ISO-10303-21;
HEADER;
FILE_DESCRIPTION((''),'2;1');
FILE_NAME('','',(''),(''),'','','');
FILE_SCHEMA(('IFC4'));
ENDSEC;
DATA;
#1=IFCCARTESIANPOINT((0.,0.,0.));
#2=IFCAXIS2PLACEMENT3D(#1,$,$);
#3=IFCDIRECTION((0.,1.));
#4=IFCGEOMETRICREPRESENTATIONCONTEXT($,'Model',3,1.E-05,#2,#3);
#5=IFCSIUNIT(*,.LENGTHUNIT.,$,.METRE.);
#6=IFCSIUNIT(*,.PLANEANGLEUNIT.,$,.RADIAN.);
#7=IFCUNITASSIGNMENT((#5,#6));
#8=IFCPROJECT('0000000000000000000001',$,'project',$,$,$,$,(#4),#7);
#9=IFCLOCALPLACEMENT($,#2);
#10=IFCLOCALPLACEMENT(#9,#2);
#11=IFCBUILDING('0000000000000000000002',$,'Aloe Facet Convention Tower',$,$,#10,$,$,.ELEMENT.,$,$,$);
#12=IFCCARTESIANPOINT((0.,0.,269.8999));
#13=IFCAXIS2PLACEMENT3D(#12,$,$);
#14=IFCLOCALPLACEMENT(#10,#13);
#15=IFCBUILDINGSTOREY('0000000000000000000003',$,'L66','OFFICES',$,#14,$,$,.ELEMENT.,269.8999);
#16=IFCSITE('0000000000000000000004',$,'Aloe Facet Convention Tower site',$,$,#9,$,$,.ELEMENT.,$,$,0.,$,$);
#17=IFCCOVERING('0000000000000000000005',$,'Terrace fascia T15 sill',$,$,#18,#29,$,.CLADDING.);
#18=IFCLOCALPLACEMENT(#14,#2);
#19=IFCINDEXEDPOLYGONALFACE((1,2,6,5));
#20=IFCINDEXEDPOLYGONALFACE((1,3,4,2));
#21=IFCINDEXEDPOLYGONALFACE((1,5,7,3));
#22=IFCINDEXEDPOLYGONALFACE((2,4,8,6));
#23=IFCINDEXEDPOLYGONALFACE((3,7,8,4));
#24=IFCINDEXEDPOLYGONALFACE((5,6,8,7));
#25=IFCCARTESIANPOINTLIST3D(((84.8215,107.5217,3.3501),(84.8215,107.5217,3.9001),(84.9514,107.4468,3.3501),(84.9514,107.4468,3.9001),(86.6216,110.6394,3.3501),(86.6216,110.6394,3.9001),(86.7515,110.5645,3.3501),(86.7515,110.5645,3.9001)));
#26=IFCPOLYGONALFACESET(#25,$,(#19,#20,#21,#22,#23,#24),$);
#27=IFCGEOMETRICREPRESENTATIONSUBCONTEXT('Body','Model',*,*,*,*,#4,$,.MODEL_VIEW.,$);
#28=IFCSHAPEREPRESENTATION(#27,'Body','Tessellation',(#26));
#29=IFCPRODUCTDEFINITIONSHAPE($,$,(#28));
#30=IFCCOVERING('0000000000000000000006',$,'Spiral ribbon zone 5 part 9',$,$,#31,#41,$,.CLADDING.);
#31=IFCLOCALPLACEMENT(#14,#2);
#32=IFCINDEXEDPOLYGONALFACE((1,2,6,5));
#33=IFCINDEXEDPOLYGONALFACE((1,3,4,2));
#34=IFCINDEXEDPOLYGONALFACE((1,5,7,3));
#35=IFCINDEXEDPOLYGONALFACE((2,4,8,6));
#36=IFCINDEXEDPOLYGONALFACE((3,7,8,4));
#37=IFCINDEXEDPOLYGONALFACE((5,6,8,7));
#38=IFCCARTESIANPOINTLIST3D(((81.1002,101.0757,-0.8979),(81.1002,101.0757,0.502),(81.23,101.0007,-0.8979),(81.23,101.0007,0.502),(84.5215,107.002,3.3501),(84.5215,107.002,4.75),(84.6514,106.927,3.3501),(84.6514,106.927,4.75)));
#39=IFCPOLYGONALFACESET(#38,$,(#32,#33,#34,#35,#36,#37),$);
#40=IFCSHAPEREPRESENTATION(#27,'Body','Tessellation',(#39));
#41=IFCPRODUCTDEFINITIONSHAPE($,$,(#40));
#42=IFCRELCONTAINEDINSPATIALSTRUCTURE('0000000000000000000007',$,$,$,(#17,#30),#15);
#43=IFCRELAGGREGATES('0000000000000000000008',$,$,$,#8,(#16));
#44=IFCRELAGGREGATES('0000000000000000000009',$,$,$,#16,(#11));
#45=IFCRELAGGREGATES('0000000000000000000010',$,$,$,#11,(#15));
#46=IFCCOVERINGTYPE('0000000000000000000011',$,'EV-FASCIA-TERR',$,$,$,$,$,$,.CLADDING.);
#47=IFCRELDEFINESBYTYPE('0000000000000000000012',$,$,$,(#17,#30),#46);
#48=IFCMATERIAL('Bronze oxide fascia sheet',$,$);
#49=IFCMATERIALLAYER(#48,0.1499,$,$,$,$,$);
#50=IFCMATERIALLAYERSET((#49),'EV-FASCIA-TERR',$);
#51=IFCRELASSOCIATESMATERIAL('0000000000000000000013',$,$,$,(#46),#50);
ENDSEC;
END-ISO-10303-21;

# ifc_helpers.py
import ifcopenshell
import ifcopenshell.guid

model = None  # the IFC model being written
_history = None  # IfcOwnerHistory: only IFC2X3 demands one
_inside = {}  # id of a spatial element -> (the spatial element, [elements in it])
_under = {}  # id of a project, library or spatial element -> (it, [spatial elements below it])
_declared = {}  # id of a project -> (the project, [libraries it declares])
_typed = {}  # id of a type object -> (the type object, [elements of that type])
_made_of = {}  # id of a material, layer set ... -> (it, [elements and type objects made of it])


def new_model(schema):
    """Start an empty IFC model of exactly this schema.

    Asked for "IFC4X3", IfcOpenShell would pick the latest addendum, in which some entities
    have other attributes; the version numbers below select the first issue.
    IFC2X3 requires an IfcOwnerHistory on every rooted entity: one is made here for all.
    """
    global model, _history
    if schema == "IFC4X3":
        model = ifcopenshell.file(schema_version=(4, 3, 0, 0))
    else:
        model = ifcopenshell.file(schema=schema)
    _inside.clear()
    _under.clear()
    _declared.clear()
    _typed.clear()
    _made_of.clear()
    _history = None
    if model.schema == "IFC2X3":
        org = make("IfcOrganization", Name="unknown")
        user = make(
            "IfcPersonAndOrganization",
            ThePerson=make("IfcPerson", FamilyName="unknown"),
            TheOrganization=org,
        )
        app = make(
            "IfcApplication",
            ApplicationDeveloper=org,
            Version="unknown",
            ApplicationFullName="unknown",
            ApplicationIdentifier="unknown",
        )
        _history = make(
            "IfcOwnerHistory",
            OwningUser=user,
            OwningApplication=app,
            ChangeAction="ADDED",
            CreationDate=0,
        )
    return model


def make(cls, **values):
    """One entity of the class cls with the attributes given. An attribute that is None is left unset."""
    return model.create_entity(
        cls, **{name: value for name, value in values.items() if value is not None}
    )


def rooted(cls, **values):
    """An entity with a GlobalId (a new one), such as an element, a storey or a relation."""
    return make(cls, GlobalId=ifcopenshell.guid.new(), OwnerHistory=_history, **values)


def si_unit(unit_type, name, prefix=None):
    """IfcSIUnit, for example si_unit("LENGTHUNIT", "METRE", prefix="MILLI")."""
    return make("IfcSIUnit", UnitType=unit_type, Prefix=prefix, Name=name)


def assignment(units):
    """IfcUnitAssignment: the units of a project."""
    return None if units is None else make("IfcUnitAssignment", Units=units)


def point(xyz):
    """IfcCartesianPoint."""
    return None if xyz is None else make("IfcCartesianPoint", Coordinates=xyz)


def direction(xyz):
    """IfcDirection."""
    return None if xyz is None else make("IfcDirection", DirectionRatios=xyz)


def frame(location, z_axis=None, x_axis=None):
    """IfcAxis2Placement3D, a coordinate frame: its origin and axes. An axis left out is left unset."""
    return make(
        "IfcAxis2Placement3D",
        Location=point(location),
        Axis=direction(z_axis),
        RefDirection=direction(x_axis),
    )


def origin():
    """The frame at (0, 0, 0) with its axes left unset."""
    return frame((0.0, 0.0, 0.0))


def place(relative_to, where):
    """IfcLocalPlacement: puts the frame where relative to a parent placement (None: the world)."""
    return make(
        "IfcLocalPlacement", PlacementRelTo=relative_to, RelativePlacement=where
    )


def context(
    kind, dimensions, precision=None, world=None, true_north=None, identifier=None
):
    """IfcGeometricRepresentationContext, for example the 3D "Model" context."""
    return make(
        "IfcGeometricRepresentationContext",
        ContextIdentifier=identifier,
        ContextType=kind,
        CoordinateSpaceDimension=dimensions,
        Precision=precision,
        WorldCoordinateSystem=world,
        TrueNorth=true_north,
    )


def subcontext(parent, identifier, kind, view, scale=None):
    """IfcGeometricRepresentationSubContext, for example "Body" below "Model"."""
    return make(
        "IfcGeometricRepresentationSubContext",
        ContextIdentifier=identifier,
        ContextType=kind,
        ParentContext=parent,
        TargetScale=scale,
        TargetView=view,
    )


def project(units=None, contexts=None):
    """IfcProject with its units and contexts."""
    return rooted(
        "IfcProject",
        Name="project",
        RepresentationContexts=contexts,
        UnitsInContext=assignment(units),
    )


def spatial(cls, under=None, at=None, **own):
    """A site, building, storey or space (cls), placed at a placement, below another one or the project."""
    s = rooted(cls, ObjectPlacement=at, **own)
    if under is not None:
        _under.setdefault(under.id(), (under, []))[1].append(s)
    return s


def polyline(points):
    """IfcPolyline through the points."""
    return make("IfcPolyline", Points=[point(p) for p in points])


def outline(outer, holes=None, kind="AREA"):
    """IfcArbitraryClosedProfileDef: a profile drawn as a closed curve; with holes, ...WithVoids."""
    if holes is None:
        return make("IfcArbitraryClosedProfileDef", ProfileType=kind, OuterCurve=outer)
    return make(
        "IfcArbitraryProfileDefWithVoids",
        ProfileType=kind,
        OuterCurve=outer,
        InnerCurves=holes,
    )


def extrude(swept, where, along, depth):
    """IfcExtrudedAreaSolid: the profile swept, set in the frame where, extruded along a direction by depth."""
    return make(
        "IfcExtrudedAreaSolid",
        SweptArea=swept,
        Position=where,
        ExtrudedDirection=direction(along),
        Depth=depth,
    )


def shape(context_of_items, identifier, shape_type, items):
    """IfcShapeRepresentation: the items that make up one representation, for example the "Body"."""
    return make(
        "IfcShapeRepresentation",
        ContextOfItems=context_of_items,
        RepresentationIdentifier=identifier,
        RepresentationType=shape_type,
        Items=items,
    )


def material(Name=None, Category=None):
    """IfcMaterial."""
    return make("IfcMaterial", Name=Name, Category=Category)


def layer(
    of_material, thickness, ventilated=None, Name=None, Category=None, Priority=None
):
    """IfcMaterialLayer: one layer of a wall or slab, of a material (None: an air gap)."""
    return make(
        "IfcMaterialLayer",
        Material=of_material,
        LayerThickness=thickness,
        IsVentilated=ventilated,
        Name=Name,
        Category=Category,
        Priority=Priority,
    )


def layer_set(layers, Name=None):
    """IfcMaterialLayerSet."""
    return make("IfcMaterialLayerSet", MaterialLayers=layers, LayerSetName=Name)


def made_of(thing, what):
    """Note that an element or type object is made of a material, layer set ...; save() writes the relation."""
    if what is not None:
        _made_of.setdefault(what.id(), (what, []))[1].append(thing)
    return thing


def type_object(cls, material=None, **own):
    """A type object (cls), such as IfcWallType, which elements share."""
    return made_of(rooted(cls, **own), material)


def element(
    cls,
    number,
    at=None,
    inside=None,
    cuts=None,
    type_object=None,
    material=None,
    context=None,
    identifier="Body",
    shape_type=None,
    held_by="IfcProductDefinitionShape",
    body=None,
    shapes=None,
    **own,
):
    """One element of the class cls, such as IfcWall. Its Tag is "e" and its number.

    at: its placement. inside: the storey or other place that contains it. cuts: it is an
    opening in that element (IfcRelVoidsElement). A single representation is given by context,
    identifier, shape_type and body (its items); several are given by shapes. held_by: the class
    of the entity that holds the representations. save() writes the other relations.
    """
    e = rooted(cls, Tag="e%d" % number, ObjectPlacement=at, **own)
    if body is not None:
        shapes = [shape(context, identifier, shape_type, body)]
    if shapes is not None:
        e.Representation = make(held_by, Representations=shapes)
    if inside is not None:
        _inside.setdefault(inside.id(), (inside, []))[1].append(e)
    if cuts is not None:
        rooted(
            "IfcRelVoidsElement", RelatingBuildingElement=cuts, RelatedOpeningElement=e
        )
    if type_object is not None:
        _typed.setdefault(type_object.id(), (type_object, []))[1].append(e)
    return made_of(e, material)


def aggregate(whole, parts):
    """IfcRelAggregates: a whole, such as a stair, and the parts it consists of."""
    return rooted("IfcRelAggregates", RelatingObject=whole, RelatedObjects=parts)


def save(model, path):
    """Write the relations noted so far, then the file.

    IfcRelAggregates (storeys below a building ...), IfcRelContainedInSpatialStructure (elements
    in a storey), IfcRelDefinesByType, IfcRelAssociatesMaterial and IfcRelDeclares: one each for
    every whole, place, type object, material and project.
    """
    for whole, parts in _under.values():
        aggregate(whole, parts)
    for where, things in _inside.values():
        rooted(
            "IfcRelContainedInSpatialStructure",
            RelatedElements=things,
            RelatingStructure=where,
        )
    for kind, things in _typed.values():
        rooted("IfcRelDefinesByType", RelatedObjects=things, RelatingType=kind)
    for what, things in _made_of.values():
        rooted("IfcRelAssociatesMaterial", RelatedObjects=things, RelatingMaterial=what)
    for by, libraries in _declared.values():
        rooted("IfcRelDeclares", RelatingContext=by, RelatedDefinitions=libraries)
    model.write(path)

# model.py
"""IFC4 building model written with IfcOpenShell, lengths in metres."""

from ifc_helpers import new_model, si_unit, direction, frame, origin, place, context, subcontext, project, spatial, polyline, outline, extrude, material, layer, layer_set, type_object, element, save


model = new_model("IFC4")

# Units and contexts
model_context = context("Model", 3, precision=1e-05, world=origin(), true_north=direction((0.0, 1.0)))
body_context = subcontext(model_context, "Body", "Model", "MODEL_VIEW")
ifc_project = project(units=[si_unit("LENGTHUNIT", "METRE"), si_unit("PLANEANGLEUNIT", "RADIAN")], contexts=[model_context])

# Site, building, storey
site_placement = place(None, origin())
site = spatial("IfcSite", under=ifc_project, at=site_placement, Name="Aloe Facet Convention Tower site", CompositionType="ELEMENT", RefElevation=0.0)
building_placement = place(site_placement, origin())
building = spatial("IfcBuilding", under=site, at=building_placement, Name="Aloe Facet Convention Tower", CompositionType="ELEMENT")
storey_placement = place(building_placement, frame((0.0, 0.0, 269.8999)))
storey = spatial("IfcBuildingStorey", under=building, at=storey_placement, Name="L66", Description="OFFICES", CompositionType="ELEMENT", Elevation=269.8999)

# Coverings
ifc_material_1 = material(Name="Bronze oxide fascia sheet")
ifc_layer_1 = layer(ifc_material_1, 0.1499)
ifc_layer_set_1 = layer_set([ifc_layer_1], Name="EV-FASCIA-TERR")
covering_type = type_object("IfcCoveringType", Name="EV-FASCIA-TERR", PredefinedType="CLADDING", material=ifc_layer_set_1)
covering_1_placement = place(storey_placement, frame((0.0, 0.0, 3.3501)))
element("IfcCovering", 1, at=covering_1_placement, inside=storey, type_object=covering_type, Name="Terrace fascia T15 sill", PredefinedType="CLADDING", context=body_context, shape_type="SweptSolid", body=[
    extrude(outline(polyline([(84.9514, 107.4468), (86.7515, 110.5645), (86.6216, 110.6394), (84.8215, 107.5217), (84.9514, 107.4468)])), origin(), (0.0, 0.0, 1.0), 0.55),
])
covering_2_placement = place(storey_placement, frame((81.23, 101.0007, -0.8979), z_axis=(0.866035, -0.499984, 0.0), x_axis=(0.424788, 0.735785, 0.527423)))
element("IfcCovering", 2, at=covering_2_placement, inside=storey, type_object=covering_type, Name="Spiral ribbon zone 5 part 9", PredefinedType="CLADDING", context=body_context, shape_type="SweptSolid", body=[
    extrude(outline(polyline([(0.0, 0.0), (8.0543, 0.0), (8.7927, 1.1894), (0.7383, 1.1894), (0.0, 0.0)])), origin(), (0.0, 0.0, -1.0), 0.1499),
])

save(model, "model.ifc")
